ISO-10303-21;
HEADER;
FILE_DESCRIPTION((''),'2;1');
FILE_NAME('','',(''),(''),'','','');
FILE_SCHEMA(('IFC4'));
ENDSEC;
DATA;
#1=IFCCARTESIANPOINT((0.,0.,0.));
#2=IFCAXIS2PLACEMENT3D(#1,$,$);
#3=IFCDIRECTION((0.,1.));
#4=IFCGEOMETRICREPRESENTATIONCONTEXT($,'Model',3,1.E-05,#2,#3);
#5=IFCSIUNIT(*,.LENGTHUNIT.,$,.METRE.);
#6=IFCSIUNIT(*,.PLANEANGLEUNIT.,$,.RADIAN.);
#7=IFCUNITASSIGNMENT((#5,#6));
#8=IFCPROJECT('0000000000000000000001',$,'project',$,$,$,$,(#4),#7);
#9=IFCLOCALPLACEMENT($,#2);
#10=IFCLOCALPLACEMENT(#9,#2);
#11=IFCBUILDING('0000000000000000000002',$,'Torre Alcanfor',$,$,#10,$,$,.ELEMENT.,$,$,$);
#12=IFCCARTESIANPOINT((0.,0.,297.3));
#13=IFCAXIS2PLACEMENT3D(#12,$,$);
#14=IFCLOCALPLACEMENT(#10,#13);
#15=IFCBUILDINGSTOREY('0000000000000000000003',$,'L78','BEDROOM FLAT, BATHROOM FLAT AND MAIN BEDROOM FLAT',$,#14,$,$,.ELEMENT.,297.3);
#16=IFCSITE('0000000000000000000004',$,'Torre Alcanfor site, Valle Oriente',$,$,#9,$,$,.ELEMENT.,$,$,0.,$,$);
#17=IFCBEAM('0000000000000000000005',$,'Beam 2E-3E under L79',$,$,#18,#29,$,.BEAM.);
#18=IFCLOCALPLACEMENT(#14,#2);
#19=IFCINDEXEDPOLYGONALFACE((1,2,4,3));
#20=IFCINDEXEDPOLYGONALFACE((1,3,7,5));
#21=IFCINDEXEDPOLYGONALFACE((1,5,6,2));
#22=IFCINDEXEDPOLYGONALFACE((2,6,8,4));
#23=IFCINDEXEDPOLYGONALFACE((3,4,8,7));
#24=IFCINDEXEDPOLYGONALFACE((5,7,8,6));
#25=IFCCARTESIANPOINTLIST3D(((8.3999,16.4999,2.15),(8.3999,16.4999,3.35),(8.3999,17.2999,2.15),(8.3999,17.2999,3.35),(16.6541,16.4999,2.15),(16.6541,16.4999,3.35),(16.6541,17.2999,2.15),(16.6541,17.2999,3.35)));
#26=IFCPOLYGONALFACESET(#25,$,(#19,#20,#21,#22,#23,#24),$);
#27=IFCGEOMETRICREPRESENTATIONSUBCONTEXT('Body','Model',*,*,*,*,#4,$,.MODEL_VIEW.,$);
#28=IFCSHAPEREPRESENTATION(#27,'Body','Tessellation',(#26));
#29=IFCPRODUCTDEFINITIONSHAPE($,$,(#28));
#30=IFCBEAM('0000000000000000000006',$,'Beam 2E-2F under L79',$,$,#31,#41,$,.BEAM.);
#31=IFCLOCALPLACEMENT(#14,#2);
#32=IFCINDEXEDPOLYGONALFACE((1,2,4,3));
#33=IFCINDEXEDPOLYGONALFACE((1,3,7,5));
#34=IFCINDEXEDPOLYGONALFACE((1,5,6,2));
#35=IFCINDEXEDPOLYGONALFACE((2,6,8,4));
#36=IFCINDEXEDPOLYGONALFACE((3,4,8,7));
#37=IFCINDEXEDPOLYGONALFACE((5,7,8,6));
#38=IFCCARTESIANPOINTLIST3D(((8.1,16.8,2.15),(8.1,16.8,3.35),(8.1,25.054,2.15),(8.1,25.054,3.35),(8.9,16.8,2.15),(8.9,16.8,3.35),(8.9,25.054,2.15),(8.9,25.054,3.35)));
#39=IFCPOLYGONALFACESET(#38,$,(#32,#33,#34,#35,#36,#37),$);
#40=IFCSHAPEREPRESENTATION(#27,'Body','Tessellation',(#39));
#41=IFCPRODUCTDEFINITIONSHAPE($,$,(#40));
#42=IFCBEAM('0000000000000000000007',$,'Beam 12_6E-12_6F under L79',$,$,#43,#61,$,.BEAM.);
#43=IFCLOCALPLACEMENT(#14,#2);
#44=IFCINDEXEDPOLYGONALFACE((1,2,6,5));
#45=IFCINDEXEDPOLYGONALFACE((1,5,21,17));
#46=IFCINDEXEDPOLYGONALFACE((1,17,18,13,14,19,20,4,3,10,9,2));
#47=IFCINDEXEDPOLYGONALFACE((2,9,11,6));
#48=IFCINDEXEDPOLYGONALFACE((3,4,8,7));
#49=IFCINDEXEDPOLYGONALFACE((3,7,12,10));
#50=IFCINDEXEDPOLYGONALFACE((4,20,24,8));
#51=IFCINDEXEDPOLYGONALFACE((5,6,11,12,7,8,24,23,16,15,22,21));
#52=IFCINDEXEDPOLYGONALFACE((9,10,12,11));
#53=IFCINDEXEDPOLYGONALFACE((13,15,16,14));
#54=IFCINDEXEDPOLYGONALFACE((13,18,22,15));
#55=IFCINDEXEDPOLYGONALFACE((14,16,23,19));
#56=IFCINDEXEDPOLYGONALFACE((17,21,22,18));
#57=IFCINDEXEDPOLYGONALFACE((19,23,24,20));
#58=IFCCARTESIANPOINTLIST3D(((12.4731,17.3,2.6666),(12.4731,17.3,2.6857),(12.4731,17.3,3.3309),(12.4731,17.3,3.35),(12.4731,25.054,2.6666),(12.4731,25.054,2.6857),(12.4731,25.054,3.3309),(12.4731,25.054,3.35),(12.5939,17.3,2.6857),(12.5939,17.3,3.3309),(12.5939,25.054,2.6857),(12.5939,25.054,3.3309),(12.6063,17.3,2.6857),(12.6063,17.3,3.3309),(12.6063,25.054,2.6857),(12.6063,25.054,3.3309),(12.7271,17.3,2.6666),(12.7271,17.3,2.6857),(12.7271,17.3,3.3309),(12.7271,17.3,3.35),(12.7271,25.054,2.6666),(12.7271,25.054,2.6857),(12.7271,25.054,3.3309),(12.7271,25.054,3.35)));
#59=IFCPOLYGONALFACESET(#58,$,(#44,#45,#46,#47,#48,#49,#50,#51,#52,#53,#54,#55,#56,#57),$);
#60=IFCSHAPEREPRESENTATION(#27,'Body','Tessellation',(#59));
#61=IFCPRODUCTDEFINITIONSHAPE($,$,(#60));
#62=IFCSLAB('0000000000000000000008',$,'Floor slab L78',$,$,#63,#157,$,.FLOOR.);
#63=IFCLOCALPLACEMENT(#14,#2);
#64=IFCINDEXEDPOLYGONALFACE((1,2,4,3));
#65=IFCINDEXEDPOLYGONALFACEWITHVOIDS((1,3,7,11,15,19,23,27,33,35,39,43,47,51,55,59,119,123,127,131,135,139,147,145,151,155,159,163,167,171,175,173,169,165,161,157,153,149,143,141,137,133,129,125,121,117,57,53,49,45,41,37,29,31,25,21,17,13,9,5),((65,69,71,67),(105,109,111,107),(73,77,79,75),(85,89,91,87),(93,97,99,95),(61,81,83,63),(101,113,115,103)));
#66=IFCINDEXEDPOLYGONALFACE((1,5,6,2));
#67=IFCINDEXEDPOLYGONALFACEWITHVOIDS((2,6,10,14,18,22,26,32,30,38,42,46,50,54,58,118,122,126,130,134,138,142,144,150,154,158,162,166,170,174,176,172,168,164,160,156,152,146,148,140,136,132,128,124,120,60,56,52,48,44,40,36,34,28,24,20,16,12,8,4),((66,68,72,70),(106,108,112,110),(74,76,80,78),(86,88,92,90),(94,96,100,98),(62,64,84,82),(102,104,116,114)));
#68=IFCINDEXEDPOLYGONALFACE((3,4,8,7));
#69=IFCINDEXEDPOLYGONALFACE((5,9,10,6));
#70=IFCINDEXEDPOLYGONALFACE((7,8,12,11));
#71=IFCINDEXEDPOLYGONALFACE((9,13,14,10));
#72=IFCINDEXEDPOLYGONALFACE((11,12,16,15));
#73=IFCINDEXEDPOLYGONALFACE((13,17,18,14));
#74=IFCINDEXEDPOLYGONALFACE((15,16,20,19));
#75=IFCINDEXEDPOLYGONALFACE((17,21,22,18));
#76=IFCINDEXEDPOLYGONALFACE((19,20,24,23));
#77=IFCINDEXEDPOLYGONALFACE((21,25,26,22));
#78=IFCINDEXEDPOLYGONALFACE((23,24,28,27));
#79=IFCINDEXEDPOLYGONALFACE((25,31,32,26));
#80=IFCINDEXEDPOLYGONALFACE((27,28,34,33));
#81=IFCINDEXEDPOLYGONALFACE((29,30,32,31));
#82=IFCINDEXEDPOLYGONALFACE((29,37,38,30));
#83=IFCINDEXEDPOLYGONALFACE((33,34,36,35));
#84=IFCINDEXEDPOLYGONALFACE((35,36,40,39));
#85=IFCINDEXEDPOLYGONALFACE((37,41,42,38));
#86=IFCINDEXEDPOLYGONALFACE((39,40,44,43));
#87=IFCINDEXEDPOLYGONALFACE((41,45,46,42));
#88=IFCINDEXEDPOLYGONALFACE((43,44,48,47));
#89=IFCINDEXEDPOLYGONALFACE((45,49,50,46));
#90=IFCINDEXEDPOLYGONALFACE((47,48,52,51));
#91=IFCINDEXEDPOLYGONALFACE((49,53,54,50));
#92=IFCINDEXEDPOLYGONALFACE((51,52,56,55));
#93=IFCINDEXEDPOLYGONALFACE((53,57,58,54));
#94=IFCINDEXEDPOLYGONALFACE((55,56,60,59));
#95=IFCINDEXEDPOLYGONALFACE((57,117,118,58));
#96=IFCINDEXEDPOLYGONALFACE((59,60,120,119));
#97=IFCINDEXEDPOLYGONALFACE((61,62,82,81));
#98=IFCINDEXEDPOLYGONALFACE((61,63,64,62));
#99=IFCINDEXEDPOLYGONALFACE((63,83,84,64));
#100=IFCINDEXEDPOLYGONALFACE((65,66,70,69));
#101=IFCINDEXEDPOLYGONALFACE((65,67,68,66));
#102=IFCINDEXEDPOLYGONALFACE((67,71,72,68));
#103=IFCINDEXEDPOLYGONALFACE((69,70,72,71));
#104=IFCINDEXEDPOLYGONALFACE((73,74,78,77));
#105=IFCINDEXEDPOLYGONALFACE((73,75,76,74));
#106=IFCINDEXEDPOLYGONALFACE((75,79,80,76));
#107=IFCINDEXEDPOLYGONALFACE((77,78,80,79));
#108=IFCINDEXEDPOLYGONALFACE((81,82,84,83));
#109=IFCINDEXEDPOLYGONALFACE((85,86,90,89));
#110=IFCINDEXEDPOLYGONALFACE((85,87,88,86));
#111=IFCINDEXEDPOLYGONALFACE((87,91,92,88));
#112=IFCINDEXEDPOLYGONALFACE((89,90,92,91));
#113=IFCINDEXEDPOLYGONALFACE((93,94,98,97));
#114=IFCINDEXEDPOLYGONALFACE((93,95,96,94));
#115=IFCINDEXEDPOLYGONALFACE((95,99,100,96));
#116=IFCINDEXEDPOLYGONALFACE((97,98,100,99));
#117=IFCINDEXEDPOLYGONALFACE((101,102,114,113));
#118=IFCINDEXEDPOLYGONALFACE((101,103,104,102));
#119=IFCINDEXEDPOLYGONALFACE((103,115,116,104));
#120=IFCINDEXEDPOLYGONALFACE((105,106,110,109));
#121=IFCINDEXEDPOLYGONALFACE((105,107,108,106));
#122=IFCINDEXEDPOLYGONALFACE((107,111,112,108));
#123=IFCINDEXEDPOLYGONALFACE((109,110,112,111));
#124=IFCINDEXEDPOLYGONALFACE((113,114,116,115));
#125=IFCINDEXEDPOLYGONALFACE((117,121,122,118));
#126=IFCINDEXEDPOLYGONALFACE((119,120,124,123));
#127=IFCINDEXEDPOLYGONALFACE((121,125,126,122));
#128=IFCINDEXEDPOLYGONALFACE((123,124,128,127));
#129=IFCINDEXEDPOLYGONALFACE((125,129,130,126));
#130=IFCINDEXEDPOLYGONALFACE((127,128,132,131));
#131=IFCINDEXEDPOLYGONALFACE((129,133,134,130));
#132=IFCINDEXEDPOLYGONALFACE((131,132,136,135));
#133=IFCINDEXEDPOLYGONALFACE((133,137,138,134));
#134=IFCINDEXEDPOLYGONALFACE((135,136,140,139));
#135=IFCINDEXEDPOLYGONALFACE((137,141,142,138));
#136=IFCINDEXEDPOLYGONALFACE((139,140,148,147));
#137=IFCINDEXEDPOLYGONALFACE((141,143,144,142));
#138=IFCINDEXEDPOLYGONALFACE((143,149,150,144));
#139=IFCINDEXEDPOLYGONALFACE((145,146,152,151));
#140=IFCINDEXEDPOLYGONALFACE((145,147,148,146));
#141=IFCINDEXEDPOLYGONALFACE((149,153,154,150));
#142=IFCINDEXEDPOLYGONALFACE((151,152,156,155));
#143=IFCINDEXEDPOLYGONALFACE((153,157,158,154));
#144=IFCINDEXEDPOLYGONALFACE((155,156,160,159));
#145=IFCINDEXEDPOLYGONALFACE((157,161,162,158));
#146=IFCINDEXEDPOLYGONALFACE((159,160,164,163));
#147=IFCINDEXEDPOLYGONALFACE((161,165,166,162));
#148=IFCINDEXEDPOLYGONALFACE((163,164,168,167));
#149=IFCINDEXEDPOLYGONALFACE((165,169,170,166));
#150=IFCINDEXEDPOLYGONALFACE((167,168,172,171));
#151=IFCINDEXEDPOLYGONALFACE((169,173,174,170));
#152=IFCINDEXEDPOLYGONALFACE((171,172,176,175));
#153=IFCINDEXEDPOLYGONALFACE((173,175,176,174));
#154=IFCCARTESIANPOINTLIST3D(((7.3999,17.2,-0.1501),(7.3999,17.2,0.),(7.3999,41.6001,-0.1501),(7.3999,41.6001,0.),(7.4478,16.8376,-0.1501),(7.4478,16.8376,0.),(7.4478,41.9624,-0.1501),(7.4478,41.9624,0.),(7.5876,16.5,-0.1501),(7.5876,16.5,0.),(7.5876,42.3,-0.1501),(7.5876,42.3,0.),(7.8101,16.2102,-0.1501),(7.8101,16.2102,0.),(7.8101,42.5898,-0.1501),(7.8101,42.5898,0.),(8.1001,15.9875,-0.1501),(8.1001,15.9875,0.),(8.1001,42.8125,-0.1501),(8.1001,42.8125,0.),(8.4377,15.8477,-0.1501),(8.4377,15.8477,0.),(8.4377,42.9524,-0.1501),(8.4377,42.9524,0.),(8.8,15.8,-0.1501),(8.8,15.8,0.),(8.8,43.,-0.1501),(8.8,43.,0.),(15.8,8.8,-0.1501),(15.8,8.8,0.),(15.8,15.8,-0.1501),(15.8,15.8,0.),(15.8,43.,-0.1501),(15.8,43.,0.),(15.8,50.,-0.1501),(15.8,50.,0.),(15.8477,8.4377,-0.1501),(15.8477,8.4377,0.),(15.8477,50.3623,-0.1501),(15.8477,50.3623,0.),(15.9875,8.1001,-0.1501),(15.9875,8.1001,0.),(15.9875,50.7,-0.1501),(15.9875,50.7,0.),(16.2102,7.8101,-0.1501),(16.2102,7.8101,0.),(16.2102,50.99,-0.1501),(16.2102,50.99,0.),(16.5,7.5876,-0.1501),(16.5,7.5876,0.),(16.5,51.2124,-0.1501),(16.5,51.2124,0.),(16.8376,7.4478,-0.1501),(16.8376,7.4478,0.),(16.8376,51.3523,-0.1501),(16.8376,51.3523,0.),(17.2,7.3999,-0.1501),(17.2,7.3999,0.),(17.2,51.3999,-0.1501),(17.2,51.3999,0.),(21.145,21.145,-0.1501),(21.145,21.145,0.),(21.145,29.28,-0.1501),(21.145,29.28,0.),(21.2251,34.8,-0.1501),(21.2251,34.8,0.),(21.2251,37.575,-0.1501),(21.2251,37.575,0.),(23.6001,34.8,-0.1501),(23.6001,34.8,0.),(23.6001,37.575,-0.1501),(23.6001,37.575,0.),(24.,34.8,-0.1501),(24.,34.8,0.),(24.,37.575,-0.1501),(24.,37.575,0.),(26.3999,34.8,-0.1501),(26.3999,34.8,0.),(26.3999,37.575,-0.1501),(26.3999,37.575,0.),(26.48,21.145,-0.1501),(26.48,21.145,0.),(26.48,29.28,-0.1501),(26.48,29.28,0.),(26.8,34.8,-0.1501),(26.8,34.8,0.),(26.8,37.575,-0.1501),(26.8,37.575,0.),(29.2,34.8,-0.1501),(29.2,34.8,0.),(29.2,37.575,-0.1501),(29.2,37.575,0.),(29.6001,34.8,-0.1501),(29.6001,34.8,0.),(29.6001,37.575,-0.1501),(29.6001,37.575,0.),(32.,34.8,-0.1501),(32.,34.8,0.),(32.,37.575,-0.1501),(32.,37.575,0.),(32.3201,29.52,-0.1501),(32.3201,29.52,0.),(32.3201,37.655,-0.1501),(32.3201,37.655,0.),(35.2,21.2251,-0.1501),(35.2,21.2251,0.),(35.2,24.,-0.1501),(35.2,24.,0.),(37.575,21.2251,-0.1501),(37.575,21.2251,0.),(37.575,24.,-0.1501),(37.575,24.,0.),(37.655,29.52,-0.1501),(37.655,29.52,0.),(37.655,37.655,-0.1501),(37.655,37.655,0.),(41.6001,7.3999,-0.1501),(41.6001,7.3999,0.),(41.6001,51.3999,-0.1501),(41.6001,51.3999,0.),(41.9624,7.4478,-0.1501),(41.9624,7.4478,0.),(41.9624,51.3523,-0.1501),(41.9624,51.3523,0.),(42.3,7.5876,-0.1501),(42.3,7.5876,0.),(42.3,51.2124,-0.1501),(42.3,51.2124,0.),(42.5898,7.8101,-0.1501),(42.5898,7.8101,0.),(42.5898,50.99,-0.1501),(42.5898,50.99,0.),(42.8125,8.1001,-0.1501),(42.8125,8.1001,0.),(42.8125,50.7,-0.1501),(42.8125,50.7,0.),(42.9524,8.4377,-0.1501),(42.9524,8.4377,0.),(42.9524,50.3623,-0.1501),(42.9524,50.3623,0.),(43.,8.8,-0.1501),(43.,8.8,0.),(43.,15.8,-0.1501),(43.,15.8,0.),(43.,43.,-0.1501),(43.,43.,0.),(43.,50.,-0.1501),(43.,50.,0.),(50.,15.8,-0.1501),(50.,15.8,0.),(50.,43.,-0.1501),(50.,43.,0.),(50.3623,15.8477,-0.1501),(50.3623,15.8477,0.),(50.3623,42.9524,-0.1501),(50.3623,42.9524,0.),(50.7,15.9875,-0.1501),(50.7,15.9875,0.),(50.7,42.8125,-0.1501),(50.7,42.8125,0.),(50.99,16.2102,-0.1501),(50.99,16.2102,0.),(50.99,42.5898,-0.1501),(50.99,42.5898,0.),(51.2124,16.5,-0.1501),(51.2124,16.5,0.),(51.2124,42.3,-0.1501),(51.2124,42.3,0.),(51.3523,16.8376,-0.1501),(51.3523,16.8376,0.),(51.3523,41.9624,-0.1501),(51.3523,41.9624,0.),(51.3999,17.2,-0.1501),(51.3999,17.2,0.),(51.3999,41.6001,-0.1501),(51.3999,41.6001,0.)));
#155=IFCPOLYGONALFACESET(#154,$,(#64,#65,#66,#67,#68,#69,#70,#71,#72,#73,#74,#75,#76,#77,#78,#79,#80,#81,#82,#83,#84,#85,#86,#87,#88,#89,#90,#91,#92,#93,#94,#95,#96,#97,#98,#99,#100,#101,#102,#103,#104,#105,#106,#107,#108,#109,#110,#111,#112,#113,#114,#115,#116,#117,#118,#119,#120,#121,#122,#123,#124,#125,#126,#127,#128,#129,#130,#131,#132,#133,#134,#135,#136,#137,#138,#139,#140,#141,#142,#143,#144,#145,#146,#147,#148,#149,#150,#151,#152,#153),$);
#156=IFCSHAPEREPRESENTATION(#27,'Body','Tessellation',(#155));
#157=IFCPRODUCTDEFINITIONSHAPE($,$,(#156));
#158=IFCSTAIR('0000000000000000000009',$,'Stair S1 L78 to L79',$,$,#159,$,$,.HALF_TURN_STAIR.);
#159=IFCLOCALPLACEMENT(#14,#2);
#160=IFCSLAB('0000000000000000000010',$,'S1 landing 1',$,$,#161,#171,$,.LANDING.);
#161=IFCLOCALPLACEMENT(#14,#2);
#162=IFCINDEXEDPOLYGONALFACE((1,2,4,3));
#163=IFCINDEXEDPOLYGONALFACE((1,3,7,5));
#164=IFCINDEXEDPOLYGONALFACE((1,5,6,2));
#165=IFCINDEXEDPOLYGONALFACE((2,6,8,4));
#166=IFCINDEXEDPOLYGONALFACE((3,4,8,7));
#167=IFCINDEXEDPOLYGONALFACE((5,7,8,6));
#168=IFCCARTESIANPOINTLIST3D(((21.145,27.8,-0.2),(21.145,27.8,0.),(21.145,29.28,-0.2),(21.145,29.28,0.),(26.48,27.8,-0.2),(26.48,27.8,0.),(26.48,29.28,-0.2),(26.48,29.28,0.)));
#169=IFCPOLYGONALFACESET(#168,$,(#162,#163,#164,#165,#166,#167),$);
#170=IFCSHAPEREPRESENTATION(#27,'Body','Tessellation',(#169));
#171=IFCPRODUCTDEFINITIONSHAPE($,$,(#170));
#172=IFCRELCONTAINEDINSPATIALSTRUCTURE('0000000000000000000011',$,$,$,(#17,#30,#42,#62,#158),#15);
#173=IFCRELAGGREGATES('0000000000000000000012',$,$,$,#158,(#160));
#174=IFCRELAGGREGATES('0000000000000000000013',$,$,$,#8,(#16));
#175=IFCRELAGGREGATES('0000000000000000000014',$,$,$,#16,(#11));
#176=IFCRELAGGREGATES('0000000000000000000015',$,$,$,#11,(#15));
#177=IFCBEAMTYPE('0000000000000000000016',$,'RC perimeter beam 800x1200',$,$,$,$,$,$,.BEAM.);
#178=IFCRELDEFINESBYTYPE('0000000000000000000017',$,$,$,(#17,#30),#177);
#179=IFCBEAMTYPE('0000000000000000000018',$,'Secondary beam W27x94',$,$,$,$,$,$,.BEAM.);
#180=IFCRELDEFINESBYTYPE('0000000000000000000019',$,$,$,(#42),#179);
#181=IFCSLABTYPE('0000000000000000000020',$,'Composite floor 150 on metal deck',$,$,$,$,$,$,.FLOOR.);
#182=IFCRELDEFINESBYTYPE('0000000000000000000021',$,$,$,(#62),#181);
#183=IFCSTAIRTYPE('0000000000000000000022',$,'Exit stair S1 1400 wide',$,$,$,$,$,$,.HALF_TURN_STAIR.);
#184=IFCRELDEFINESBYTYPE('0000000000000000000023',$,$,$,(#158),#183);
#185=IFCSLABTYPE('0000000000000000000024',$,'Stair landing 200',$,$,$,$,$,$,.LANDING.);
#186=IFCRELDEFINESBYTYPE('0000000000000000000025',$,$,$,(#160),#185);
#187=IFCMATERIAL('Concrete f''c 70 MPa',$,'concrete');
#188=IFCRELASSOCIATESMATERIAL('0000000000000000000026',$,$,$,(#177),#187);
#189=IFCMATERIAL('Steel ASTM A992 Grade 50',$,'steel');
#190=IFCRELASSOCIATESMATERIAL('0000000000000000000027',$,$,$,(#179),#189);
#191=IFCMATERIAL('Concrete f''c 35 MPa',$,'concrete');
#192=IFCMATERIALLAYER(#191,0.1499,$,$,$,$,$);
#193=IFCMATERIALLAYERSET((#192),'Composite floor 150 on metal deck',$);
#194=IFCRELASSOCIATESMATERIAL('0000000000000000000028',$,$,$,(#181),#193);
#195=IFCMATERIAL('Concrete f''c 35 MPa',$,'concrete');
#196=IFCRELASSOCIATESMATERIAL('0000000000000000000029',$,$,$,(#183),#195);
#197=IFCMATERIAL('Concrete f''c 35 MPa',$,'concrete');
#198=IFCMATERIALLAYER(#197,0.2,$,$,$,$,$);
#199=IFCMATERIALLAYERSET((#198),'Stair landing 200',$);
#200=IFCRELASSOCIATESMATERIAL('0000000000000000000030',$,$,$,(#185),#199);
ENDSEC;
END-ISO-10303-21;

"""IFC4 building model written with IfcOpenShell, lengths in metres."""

from ifc_helpers import new_model, si_unit, direction, frame, origin, origin_2d, place, context, subcontext, project, spatial, polyline, rectangle, i_section, outline, extrude, material, layer, layer_set, material_profile, profile_set, type_object, element, aggregate, save


model = new_model("IFC4")

# Units and contexts
model_context = context("Model", 3, precision=1e-05, world=origin(), true_north=direction((0.0, 1.0)))
body_context = subcontext(model_context, "Body", "Model", "MODEL_VIEW")
ifc_project = project(units=[si_unit("LENGTHUNIT", "METRE"), si_unit("PLANEANGLEUNIT", "RADIAN")], contexts=[model_context])

# Site, building, storey
site_placement = place(None, origin())
site = spatial("IfcSite", under=ifc_project, at=site_placement, Name="Torre Alcanfor site, Valle Oriente", CompositionType="ELEMENT", RefElevation=0.0)
building_placement = place(site_placement, origin())
building = spatial("IfcBuilding", under=site, at=building_placement, Name="Torre Alcanfor", CompositionType="ELEMENT")
storey_placement = place(building_placement, frame((0.0, 0.0, 297.3)))
storey = spatial("IfcBuildingStorey", under=building, at=storey_placement, Name="L78", Description="BEDROOM FLAT, BATHROOM FLAT AND MAIN BEDROOM FLAT", CompositionType="ELEMENT", Elevation=297.3)

# Beams
ifc_material_1 = material(Name="Concrete f'c 70 MPa", Category="concrete")
ifc_material_profile_1 = material_profile(ifc_material_1, rectangle(XDim=0.8, YDim=1.2, at=origin_2d()), Name="800x1200")
ifc_profile_set_1 = profile_set([ifc_material_profile_1], Name="Concrete f'c 70 MPa")
beam_type_1 = type_object("IfcBeamType", Name="RC perimeter beam 800x1200", PredefinedType="BEAM", material=ifc_profile_set_1)
beam_1_placement = place(storey_placement, frame((8.3999, 16.8999, 2.75), z_axis=(1.0, 0.0, 0.0), x_axis=(0.0, 1.0, 0.0)))
element("IfcBeam", 1, at=beam_1_placement, inside=storey, type_object=beam_type_1, Name="Beam 2E-3E under L79", PredefinedType="BEAM", context=body_context, shape_type="SweptSolid", body=[
    extrude(rectangle(XDim=0.8, YDim=1.2, at=origin_2d()), origin(), (0.0, 0.0, 1.0), 8.2542),
])
beam_2_placement = place(storey_placement, frame((8.5, 16.8, 2.75), z_axis=(0.0, 1.0, 0.0), x_axis=(-1.0, 0.0, 0.0)))
element("IfcBeam", 2, at=beam_2_placement, inside=storey, type_object=beam_type_1, Name="Beam 2E-2F under L79", PredefinedType="BEAM", context=body_context, shape_type="SweptSolid", body=[
    extrude(rectangle(XDim=0.8, YDim=1.2, at=origin_2d()), origin(), (0.0, 0.0, 1.0), 8.2539),
])
ifc_material_2 = material(Name="Steel ASTM A992 Grade 50", Category="steel")
ifc_material_profile_2 = material_profile(ifc_material_2, i_section(OverallWidth=0.2539, OverallDepth=0.6833, WebThickness=0.0125, FlangeThickness=0.019, at=origin_2d()), Name="W27x94")
ifc_profile_set_2 = profile_set([ifc_material_profile_2], Name="Steel ASTM A992 Grade 50")
beam_type_2 = type_object("IfcBeamType", Name="Secondary beam W27x94", PredefinedType="BEAM", material=ifc_profile_set_2)
beam_3_placement = place(storey_placement, frame((12.6001, 17.3, 3.0083), z_axis=(0.0, 1.0, 0.0), x_axis=(-1.0, 0.0, 0.0)))
element("IfcBeam", 3, at=beam_3_placement, inside=storey, type_object=beam_type_2, Name="Beam 12_6E-12_6F under L79", PredefinedType="BEAM", context=body_context, shape_type="SweptSolid", body=[
    extrude(i_section(OverallWidth=0.2539, OverallDepth=0.6833, WebThickness=0.0125, FlangeThickness=0.019, at=origin_2d()), origin(), (0.0, 0.0, 1.0), 7.7539),
])

# Slab
ifc_material_3 = material(Name="Concrete f'c 35 MPa", Category="concrete")
ifc_layer_1 = layer(ifc_material_3, 0.1499)
ifc_layer_set_1 = layer_set([ifc_layer_1], Name="Composite floor 150 on metal deck")
slab_type_1 = type_object("IfcSlabType", Name="Composite floor 150 on metal deck", PredefinedType="FLOOR", material=ifc_layer_set_1)
slab_1_placement = place(storey_placement, frame((0.0, 0.0, -0.1501)))
element("IfcSlab", 4, at=slab_1_placement, inside=storey, type_object=slab_type_1, Name="Floor slab L78", PredefinedType="FLOOR", context=body_context, shape_type="SweptSolid", body=[
    extrude(outline(polyline([(15.8, 43.0), (8.8, 43.0), (8.4377, 42.9524), (8.1001, 42.8125), (7.8101, 42.5898), (7.5876, 42.3), (7.4478, 41.9624), (7.3999, 41.6001), (7.3999, 17.2), (7.4478, 16.8376), (7.5876, 16.5), (7.8101, 16.2102), (8.1001, 15.9875), (8.4377, 15.8477), (8.8, 15.8), (15.8, 15.8), (15.8, 8.8), (15.8477, 8.4377), (15.9875, 8.1001), (16.2102, 7.8101), (16.5, 7.5876), (16.8376, 7.4478), (17.2, 7.3999), (41.6001, 7.3999), (41.9624, 7.4478), (42.3, 7.5876), (42.5898, 7.8101), (42.8125, 8.1001), (42.9524, 8.4377), (43.0, 8.8), (43.0, 15.8), (50.0, 15.8), (50.3623, 15.8477), (50.7, 15.9875), (50.99, 16.2102), (51.2124, 16.5), (51.3523, 16.8376), (51.3999, 17.2), (51.3999, 41.6001), (51.3523, 41.9624), (51.2124, 42.3), (50.99, 42.5898), (50.7, 42.8125), (50.3623, 42.9524), (50.0, 43.0), (43.0, 43.0), (43.0, 50.0), (42.9524, 50.3623), (42.8125, 50.7), (42.5898, 50.99), (42.3, 51.2124), (41.9624, 51.3523), (41.6001, 51.3999), (17.2, 51.3999), (16.8376, 51.3523), (16.5, 51.2124), (16.2102, 50.99), (15.9875, 50.7), (15.8477, 50.3623), (15.8, 50.0), (15.8, 43.0)]), holes=[polyline([(21.145, 21.145), (26.48, 21.145), (26.48, 29.28), (21.145, 29.28), (21.145, 21.145)]), polyline([(32.3201, 29.52), (37.655, 29.52), (37.655, 37.655), (32.3201, 37.655), (32.3201, 29.52)]), polyline([(35.2, 21.2251), (37.575, 21.2251), (37.575, 24.0), (35.2, 24.0), (35.2, 21.2251)]), polyline([(21.2251, 34.8), (23.6001, 34.8), (23.6001, 37.575), (21.2251, 37.575), (21.2251, 34.8)]), polyline([(24.0, 34.8), (26.3999, 34.8), (26.3999, 37.575), (24.0, 37.575), (24.0, 34.8)]), polyline([(26.8, 34.8), (29.2, 34.8), (29.2, 37.575), (26.8, 37.575), (26.8, 34.8)]), polyline([(29.6001, 34.8), (32.0, 34.8), (32.0, 37.575), (29.6001, 37.575), (29.6001, 34.8)])]), origin(), (0.0, 0.0, 1.0), 0.1501),
])

# Stair, slab
ifc_material_4 = material(Name="Concrete f'c 35 MPa", Category="concrete")
stair_type_1 = type_object("IfcStairType", Name="Exit stair S1 1400 wide", PredefinedType="HALF_TURN_STAIR", material=ifc_material_4)
stair_1_placement = place(storey_placement, origin())
stair_1 = element("IfcStair", 5, at=stair_1_placement, inside=storey, type_object=stair_type_1, Name="Stair S1 L78 to L79", PredefinedType="HALF_TURN_STAIR")
ifc_material_5 = material(Name="Concrete f'c 35 MPa", Category="concrete")
ifc_layer_2 = layer(ifc_material_5, 0.2)
ifc_layer_set_2 = layer_set([ifc_layer_2], Name="Stair landing 200")
slab_type_2 = type_object("IfcSlabType", Name="Stair landing 200", PredefinedType="LANDING", material=ifc_layer_set_2)
slab_2_placement = place(storey_placement, frame((0.0, 0.0, -0.2)))
slab_2 = element("IfcSlab", 6, at=slab_2_placement, type_object=slab_type_2, Name="S1 landing 1", PredefinedType="LANDING", context=body_context, shape_type="SweptSolid", body=[
    extrude(outline(polyline([(21.145, 27.8), (26.48, 27.8), (26.48, 29.28), (21.145, 29.28), (21.145, 27.8)])), origin(), (0.0, 0.0, 1.0), 0.2),
])
aggregate(stair_1, [slab_2])

save(model, "model.ifc")
